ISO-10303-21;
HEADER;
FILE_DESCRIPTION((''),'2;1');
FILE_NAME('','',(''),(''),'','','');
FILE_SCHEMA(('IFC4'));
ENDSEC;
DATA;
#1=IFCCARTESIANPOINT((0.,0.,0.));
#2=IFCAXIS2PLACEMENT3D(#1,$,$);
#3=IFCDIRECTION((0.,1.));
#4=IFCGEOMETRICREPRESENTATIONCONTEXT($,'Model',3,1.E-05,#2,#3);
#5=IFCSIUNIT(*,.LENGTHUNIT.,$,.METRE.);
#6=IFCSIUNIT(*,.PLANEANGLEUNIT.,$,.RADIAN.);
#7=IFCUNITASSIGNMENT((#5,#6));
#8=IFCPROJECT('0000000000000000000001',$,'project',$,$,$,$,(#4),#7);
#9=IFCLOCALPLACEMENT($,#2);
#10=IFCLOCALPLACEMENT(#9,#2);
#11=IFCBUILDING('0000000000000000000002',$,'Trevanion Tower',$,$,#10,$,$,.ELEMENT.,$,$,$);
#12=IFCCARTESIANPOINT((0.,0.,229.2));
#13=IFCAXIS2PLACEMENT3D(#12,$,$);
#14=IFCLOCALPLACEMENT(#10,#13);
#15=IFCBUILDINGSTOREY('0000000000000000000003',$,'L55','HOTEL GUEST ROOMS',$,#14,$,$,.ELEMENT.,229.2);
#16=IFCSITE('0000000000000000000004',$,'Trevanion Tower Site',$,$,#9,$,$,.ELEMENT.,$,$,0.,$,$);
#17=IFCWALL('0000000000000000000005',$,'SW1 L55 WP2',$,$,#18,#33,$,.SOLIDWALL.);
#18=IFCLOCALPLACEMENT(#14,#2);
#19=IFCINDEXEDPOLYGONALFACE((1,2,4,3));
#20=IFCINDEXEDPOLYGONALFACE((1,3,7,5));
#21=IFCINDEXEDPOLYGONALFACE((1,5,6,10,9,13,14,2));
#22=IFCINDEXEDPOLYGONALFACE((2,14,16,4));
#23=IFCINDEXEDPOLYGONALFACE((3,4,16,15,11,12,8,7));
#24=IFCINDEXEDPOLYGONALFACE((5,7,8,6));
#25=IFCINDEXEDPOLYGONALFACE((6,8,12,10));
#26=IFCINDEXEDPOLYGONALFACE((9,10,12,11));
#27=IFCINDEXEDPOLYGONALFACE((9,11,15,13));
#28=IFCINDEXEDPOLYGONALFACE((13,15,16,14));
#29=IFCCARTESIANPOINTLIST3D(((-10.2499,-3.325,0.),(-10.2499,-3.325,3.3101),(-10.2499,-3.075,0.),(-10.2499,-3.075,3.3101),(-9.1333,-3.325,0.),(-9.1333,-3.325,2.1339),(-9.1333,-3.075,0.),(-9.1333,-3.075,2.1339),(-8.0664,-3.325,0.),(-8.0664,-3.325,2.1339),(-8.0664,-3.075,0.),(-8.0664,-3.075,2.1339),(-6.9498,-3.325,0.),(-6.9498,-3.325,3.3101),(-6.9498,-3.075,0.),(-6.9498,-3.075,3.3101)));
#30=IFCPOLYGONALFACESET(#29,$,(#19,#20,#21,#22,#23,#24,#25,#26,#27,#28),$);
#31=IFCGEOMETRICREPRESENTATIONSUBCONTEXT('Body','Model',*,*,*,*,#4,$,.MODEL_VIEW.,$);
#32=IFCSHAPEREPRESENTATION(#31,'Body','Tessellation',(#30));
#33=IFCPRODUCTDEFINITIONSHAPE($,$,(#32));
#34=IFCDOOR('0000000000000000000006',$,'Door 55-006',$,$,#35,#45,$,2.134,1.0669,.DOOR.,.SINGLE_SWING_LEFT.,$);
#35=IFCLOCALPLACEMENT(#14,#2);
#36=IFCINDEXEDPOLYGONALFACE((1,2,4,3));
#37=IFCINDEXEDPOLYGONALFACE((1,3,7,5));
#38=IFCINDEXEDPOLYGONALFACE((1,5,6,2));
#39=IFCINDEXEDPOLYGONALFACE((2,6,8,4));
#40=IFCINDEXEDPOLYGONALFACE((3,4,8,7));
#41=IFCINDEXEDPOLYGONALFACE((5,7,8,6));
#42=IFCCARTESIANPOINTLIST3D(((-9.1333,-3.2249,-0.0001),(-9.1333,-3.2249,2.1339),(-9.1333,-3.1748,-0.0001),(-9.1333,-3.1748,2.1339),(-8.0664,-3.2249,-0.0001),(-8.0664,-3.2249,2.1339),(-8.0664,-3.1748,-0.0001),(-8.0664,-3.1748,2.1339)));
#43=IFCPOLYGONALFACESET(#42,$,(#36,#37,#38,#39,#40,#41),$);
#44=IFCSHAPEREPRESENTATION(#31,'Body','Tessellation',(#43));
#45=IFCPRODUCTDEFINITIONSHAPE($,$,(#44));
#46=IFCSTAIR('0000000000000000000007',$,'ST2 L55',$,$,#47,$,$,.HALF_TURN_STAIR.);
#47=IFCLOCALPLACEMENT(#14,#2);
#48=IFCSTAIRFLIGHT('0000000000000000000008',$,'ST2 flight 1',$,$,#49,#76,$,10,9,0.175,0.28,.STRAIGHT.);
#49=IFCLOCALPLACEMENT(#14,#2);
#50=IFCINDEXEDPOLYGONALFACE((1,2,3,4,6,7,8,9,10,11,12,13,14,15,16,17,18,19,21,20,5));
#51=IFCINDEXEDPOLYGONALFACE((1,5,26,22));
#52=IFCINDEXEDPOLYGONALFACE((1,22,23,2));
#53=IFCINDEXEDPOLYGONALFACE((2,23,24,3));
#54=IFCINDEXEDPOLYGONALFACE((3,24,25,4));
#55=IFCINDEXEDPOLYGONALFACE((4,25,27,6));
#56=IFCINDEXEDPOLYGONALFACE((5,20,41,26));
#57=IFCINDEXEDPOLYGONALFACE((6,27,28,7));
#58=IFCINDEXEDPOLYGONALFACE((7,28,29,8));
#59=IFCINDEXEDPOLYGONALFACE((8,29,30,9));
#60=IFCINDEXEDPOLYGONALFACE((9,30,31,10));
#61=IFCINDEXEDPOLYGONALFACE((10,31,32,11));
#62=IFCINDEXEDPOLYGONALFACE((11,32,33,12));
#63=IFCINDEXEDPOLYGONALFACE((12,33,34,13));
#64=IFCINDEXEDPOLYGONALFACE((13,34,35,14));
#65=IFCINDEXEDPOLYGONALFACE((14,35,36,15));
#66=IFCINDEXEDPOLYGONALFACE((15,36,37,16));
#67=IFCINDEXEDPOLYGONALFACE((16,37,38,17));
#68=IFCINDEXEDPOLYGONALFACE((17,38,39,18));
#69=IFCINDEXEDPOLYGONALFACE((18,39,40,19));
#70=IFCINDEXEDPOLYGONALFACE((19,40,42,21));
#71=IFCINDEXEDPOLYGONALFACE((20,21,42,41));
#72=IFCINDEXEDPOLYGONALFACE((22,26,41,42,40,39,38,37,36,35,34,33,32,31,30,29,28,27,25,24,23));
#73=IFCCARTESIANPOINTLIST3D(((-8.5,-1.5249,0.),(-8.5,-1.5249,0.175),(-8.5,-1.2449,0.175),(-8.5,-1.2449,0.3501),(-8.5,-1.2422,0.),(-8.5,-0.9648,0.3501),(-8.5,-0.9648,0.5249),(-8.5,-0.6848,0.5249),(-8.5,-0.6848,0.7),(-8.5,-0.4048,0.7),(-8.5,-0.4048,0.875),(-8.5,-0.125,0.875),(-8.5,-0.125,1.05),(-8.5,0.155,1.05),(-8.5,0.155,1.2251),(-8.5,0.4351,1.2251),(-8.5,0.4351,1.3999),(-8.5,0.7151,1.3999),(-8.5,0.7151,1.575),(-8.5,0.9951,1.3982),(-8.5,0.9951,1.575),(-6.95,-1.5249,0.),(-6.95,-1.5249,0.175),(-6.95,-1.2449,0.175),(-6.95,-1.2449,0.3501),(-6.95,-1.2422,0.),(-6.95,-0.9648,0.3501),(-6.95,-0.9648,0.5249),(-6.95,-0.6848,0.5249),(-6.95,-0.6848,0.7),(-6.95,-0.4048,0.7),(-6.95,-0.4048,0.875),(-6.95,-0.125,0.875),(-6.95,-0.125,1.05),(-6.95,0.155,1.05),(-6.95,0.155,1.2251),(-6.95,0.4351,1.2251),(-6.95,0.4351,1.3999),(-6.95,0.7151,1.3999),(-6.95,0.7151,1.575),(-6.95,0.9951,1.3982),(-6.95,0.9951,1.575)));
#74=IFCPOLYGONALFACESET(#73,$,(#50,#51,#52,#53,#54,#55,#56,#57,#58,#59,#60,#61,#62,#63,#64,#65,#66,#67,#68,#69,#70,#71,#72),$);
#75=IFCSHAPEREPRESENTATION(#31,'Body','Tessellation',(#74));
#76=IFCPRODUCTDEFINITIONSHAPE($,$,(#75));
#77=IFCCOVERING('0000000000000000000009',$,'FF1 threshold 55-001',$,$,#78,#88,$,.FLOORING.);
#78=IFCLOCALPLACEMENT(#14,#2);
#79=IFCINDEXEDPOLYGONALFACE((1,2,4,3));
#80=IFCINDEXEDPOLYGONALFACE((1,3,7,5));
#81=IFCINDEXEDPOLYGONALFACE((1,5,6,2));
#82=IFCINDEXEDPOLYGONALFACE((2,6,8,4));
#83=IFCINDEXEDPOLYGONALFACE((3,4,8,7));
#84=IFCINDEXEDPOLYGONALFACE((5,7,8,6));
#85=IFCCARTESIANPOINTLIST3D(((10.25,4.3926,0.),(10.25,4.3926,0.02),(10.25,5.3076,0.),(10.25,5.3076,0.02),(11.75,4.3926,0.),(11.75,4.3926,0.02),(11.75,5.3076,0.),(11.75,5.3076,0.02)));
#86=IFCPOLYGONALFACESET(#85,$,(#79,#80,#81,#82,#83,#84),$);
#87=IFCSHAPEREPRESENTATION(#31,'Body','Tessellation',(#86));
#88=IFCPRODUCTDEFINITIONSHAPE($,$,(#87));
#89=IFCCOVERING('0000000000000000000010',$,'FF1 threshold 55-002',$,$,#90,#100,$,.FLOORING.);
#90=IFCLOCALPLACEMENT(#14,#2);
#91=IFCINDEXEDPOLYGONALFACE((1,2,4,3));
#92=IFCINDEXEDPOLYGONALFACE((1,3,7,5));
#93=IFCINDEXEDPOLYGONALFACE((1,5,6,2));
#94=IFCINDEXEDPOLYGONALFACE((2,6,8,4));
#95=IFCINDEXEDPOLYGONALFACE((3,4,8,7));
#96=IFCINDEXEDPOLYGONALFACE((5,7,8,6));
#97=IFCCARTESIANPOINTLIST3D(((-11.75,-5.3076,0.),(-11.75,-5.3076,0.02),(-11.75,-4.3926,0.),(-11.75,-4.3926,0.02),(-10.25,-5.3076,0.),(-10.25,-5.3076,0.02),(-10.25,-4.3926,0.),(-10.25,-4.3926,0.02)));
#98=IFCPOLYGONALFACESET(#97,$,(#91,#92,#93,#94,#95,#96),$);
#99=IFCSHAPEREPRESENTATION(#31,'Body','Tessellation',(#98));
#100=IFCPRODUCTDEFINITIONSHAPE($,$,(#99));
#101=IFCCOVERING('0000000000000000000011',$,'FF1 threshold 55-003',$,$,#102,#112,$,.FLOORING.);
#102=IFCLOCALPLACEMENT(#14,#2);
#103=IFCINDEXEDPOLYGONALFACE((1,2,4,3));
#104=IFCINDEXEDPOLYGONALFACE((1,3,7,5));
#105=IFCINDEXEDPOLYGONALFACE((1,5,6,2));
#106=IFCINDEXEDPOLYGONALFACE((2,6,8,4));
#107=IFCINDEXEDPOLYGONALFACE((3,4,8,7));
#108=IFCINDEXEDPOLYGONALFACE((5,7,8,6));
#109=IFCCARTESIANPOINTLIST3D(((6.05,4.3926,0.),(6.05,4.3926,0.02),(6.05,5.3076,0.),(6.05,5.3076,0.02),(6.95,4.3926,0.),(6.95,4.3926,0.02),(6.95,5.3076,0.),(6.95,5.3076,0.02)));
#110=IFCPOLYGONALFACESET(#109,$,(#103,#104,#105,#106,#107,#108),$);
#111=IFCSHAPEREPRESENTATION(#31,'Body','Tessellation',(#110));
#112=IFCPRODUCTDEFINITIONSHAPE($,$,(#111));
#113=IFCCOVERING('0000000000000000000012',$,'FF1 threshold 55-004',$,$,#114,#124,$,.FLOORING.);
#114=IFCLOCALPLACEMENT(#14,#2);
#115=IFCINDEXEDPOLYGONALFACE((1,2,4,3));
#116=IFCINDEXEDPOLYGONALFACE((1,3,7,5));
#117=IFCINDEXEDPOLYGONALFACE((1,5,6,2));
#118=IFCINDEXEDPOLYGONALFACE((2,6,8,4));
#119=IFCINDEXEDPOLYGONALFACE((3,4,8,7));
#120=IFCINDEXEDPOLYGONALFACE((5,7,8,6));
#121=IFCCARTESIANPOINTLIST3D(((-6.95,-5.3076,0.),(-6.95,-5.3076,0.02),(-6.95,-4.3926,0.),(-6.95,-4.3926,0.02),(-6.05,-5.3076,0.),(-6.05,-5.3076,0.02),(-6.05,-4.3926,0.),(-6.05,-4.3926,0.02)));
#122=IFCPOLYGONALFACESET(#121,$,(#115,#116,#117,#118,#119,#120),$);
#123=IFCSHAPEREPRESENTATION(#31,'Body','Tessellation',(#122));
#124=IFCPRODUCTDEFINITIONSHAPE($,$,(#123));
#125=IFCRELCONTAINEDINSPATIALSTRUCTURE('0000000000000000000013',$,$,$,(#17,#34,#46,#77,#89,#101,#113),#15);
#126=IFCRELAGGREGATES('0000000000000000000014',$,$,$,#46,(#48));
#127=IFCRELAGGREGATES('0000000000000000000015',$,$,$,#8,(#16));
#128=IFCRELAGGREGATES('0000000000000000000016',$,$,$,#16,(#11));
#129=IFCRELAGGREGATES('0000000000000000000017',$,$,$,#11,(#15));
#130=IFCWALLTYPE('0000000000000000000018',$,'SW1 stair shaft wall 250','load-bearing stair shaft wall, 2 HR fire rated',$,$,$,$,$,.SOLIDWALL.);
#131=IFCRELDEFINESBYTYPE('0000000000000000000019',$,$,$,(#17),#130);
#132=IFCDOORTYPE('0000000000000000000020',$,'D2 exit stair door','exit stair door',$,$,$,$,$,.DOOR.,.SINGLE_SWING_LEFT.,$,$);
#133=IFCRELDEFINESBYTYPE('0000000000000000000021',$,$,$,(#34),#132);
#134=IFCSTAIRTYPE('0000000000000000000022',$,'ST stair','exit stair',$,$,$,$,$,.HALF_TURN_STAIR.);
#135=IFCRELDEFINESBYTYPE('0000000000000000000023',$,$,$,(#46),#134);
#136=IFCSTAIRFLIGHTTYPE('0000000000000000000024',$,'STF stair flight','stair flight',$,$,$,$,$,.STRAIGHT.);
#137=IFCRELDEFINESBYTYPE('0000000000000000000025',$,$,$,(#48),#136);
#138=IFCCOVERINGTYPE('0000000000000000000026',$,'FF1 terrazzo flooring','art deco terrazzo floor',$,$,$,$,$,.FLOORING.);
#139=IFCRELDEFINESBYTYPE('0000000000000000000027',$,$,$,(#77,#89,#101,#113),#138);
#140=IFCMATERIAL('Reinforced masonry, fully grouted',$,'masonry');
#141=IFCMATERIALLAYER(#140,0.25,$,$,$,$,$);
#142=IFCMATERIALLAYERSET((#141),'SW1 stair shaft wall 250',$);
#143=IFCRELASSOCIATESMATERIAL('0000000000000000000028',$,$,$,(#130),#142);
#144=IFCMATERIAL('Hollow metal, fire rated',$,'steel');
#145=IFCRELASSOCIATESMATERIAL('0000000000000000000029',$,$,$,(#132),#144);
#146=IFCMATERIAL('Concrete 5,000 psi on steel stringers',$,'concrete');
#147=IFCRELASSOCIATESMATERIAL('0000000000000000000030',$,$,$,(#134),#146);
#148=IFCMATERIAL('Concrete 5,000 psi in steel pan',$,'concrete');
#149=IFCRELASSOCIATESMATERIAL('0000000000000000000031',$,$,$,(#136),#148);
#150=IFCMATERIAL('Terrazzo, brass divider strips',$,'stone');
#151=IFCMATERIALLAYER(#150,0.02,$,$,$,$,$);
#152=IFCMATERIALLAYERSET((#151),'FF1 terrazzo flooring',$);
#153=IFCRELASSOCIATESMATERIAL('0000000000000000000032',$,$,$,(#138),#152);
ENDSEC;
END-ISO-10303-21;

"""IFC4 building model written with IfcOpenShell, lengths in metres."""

from ifc_helpers import new_model, si_unit, direction, frame, frame_2d, origin, place, context, subcontext, project, spatial, polyline, rectangle, outline, extrude, material, layer, layer_set, type_object, element, fill, aggregate, save


model = new_model("IFC4")

# Units and contexts
model_context = context("Model", 3, precision=1e-05, world=origin(), true_north=direction((0.0, 1.0)))
body_context = subcontext(model_context, "Body", "Model", "MODEL_VIEW")
ifc_project = project(units=[si_unit("LENGTHUNIT", "METRE"), si_unit("PLANEANGLEUNIT", "RADIAN")], contexts=[model_context])

# Site, building, storey
site_placement = place(None, origin())
site = spatial("IfcSite", under=ifc_project, at=site_placement, Name="Trevanion Tower Site", CompositionType="ELEMENT", RefElevation=0.0)
building_placement = place(site_placement, origin())
building = spatial("IfcBuilding", under=site, at=building_placement, Name="Trevanion Tower", CompositionType="ELEMENT")
storey_placement = place(building_placement, frame((0.0, 0.0, 229.2)))
storey = spatial("IfcBuildingStorey", under=building, at=storey_placement, Name="L55", Description="HOTEL GUEST ROOMS", CompositionType="ELEMENT", Elevation=229.2)

# Wall, opening, door
ifc_material_1 = material(Name="Reinforced masonry, fully grouted", Category="masonry")
ifc_layer_1 = layer(ifc_material_1, 0.25)
ifc_layer_set_1 = layer_set([ifc_layer_1], Name="SW1 stair shaft wall 250")
wall_type_1 = type_object("IfcWallType", Name="SW1 stair shaft wall 250", Description="load-bearing stair shaft wall, 2 HR fire rated", PredefinedType="SOLIDWALL", material=ifc_layer_set_1)
wall_1_placement = place(storey_placement, frame((-6.95, -3.2, 0.0), z_axis=(0.0, 0.0, 1.0), x_axis=(-1.0, 0.0, 0.0)))
wall_1 = element("IfcWall", 1, at=wall_1_placement, inside=storey, type_object=wall_type_1, Name="SW1 L55 WP2", PredefinedType="SOLIDWALL", context=body_context, shape_type="SweptSolid", body=[
    extrude(rectangle(XDim=3.3, YDim=0.25, at=frame_2d((1.6499, 0.0))), origin(), (0.0, 0.0, 1.0), 3.3101),
])
opening_1_placement = place(wall_1_placement, frame((1.1165, 0.0, 0.0)))
opening_1 = element("IfcOpeningElement", 2, at=opening_1_placement, cuts=wall_1, PredefinedType="OPENING", context=body_context, shape_type="SweptSolid", body=[
    extrude(rectangle(XDim=1.0669, YDim=2.134, at=frame_2d((0.5334, 1.0669))), frame((0.0, 0.135, 0.0), z_axis=(0.0, -1.0, 0.0), x_axis=(1.0, 0.0, 0.0)), (0.0, 0.0, 1.0), 0.27),
])
ifc_material_2 = material(Name="Hollow metal, fire rated", Category="steel")
door_type_1 = type_object("IfcDoorType", Name="D2 exit stair door", Description="exit stair door", OperationType="SINGLE_SWING_LEFT", PredefinedType="DOOR", material=ifc_material_2)
door_1_placement = place(opening_1_placement, origin())
door_1 = element("IfcDoor", 3, at=door_1_placement, inside=storey, type_object=door_type_1, Name="Door 55-006", OperationType="SINGLE_SWING_LEFT", OverallHeight=2.134, OverallWidth=1.0669, PredefinedType="DOOR", context=body_context, shape_type="SweptSolid", body=[
    extrude(rectangle(XDim=1.0669, YDim=2.134, at=frame_2d((0.5334, 1.0669))), frame((0.0, 0.0249, 0.0), z_axis=(0.0, -1.0, 0.0), x_axis=(1.0, 0.0, 0.0)), (0.0, 0.0, 1.0), 0.05),
])
fill(opening_1, door_1)

# Stair, stair flight
ifc_material_3 = material(Name="Concrete 5,000 psi on steel stringers", Category="concrete")
stair_type = type_object("IfcStairType", Name="ST stair", Description="exit stair", PredefinedType="HALF_TURN_STAIR", material=ifc_material_3)
stair_placement = place(storey_placement, origin())
stair = element("IfcStair", 4, at=stair_placement, inside=storey, type_object=stair_type, Name="ST2 L55", PredefinedType="HALF_TURN_STAIR")
ifc_material_4 = material(Name="Concrete 5,000 psi in steel pan", Category="concrete")
stair_flight_type = type_object("IfcStairFlightType", Name="STF stair flight", Description="stair flight", PredefinedType="STRAIGHT", material=ifc_material_4)
stair_flight_placement = place(storey_placement, frame((-7.7251, -1.5249, 0.0), z_axis=(0.0, 0.0, 1.0), x_axis=(0.0, 1.0, 0.0)))
stair_flight = element("IfcStairFlight", 5, at=stair_flight_placement, type_object=stair_flight_type, Name="ST2 flight 1", NumberOfRisers=10, NumberOfTreads=9, PredefinedType="STRAIGHT", RiserHeight=0.175, TreadLength=0.28, context=body_context, shape_type="SweptSolid", body=[
    extrude(outline(polyline([(0.0, 0.0), (0.0, 0.175), (0.28, 0.175), (0.28, 0.3501), (0.5601, 0.3501), (0.5601, 0.5249), (0.8401, 0.5249), (0.8401, 0.7), (1.1201, 0.7), (1.1201, 0.875), (1.3999, 0.875), (1.3999, 1.05), (1.6799, 1.05), (1.6799, 1.2251), (1.96, 1.2251), (1.96, 1.3999), (2.24, 1.3999), (2.24, 1.575), (2.52, 1.575), (2.52, 1.75), (2.52, 1.3982), (0.2827, 0.0), (0.0, 0.0)])), frame((0.0, 0.7749, 0.0), z_axis=(0.0, -1.0, 0.0), x_axis=(1.0, 0.0, 0.0)), (0.0, 0.0, 1.0), 1.55),
])
aggregate(stair, [stair_flight])

# Coverings
ifc_material_5 = material(Name="Terrazzo, brass divider strips", Category="stone")
ifc_layer_2 = layer(ifc_material_5, 0.02)
ifc_layer_set_2 = layer_set([ifc_layer_2], Name="FF1 terrazzo flooring")
covering_type = type_object("IfcCoveringType", Name="FF1 terrazzo flooring", Description="art deco terrazzo floor", PredefinedType="FLOORING", material=ifc_layer_set_2)
covering_1_placement = place(storey_placement, origin())
element("IfcCovering", 6, at=covering_1_placement, inside=storey, type_object=covering_type, Name="FF1 threshold 55-001", PredefinedType="FLOORING", context=body_context, shape_type="SweptSolid", body=[
    extrude(outline(polyline([(11.75, 4.3926), (11.75, 5.3076), (10.25, 5.3076), (10.25, 4.3926), (11.75, 4.3926)])), origin(), (0.0, 0.0, 1.0), 0.02),
])
covering_2_placement = place(storey_placement, origin())
element("IfcCovering", 7, at=covering_2_placement, inside=storey, type_object=covering_type, Name="FF1 threshold 55-002", PredefinedType="FLOORING", context=body_context, shape_type="SweptSolid", body=[
    extrude(outline(polyline([(-11.75, -4.3926), (-11.75, -5.3076), (-10.25, -5.3076), (-10.25, -4.3926), (-11.75, -4.3926)])), origin(), (0.0, 0.0, 1.0), 0.02),
])
covering_3_placement = place(storey_placement, origin())
element("IfcCovering", 8, at=covering_3_placement, inside=storey, type_object=covering_type, Name="FF1 threshold 55-003", PredefinedType="FLOORING", context=body_context, shape_type="SweptSolid", body=[
    extrude(outline(polyline([(6.95, 4.3926), (6.95, 5.3076), (6.05, 5.3076), (6.05, 4.3926), (6.95, 4.3926)])), origin(), (0.0, 0.0, 1.0), 0.02),
])
covering_4_placement = place(storey_placement, origin())
element("IfcCovering", 9, at=covering_4_placement, inside=storey, type_object=covering_type, Name="FF1 threshold 55-004", PredefinedType="FLOORING", context=body_context, shape_type="SweptSolid", body=[
    extrude(outline(polyline([(-6.95, -4.3926), (-6.95, -5.3076), (-6.05, -5.3076), (-6.05, -4.3926), (-6.95, -4.3926)])), origin(), (0.0, 0.0, 1.0), 0.02),
])

save(model, "model.ifc")
